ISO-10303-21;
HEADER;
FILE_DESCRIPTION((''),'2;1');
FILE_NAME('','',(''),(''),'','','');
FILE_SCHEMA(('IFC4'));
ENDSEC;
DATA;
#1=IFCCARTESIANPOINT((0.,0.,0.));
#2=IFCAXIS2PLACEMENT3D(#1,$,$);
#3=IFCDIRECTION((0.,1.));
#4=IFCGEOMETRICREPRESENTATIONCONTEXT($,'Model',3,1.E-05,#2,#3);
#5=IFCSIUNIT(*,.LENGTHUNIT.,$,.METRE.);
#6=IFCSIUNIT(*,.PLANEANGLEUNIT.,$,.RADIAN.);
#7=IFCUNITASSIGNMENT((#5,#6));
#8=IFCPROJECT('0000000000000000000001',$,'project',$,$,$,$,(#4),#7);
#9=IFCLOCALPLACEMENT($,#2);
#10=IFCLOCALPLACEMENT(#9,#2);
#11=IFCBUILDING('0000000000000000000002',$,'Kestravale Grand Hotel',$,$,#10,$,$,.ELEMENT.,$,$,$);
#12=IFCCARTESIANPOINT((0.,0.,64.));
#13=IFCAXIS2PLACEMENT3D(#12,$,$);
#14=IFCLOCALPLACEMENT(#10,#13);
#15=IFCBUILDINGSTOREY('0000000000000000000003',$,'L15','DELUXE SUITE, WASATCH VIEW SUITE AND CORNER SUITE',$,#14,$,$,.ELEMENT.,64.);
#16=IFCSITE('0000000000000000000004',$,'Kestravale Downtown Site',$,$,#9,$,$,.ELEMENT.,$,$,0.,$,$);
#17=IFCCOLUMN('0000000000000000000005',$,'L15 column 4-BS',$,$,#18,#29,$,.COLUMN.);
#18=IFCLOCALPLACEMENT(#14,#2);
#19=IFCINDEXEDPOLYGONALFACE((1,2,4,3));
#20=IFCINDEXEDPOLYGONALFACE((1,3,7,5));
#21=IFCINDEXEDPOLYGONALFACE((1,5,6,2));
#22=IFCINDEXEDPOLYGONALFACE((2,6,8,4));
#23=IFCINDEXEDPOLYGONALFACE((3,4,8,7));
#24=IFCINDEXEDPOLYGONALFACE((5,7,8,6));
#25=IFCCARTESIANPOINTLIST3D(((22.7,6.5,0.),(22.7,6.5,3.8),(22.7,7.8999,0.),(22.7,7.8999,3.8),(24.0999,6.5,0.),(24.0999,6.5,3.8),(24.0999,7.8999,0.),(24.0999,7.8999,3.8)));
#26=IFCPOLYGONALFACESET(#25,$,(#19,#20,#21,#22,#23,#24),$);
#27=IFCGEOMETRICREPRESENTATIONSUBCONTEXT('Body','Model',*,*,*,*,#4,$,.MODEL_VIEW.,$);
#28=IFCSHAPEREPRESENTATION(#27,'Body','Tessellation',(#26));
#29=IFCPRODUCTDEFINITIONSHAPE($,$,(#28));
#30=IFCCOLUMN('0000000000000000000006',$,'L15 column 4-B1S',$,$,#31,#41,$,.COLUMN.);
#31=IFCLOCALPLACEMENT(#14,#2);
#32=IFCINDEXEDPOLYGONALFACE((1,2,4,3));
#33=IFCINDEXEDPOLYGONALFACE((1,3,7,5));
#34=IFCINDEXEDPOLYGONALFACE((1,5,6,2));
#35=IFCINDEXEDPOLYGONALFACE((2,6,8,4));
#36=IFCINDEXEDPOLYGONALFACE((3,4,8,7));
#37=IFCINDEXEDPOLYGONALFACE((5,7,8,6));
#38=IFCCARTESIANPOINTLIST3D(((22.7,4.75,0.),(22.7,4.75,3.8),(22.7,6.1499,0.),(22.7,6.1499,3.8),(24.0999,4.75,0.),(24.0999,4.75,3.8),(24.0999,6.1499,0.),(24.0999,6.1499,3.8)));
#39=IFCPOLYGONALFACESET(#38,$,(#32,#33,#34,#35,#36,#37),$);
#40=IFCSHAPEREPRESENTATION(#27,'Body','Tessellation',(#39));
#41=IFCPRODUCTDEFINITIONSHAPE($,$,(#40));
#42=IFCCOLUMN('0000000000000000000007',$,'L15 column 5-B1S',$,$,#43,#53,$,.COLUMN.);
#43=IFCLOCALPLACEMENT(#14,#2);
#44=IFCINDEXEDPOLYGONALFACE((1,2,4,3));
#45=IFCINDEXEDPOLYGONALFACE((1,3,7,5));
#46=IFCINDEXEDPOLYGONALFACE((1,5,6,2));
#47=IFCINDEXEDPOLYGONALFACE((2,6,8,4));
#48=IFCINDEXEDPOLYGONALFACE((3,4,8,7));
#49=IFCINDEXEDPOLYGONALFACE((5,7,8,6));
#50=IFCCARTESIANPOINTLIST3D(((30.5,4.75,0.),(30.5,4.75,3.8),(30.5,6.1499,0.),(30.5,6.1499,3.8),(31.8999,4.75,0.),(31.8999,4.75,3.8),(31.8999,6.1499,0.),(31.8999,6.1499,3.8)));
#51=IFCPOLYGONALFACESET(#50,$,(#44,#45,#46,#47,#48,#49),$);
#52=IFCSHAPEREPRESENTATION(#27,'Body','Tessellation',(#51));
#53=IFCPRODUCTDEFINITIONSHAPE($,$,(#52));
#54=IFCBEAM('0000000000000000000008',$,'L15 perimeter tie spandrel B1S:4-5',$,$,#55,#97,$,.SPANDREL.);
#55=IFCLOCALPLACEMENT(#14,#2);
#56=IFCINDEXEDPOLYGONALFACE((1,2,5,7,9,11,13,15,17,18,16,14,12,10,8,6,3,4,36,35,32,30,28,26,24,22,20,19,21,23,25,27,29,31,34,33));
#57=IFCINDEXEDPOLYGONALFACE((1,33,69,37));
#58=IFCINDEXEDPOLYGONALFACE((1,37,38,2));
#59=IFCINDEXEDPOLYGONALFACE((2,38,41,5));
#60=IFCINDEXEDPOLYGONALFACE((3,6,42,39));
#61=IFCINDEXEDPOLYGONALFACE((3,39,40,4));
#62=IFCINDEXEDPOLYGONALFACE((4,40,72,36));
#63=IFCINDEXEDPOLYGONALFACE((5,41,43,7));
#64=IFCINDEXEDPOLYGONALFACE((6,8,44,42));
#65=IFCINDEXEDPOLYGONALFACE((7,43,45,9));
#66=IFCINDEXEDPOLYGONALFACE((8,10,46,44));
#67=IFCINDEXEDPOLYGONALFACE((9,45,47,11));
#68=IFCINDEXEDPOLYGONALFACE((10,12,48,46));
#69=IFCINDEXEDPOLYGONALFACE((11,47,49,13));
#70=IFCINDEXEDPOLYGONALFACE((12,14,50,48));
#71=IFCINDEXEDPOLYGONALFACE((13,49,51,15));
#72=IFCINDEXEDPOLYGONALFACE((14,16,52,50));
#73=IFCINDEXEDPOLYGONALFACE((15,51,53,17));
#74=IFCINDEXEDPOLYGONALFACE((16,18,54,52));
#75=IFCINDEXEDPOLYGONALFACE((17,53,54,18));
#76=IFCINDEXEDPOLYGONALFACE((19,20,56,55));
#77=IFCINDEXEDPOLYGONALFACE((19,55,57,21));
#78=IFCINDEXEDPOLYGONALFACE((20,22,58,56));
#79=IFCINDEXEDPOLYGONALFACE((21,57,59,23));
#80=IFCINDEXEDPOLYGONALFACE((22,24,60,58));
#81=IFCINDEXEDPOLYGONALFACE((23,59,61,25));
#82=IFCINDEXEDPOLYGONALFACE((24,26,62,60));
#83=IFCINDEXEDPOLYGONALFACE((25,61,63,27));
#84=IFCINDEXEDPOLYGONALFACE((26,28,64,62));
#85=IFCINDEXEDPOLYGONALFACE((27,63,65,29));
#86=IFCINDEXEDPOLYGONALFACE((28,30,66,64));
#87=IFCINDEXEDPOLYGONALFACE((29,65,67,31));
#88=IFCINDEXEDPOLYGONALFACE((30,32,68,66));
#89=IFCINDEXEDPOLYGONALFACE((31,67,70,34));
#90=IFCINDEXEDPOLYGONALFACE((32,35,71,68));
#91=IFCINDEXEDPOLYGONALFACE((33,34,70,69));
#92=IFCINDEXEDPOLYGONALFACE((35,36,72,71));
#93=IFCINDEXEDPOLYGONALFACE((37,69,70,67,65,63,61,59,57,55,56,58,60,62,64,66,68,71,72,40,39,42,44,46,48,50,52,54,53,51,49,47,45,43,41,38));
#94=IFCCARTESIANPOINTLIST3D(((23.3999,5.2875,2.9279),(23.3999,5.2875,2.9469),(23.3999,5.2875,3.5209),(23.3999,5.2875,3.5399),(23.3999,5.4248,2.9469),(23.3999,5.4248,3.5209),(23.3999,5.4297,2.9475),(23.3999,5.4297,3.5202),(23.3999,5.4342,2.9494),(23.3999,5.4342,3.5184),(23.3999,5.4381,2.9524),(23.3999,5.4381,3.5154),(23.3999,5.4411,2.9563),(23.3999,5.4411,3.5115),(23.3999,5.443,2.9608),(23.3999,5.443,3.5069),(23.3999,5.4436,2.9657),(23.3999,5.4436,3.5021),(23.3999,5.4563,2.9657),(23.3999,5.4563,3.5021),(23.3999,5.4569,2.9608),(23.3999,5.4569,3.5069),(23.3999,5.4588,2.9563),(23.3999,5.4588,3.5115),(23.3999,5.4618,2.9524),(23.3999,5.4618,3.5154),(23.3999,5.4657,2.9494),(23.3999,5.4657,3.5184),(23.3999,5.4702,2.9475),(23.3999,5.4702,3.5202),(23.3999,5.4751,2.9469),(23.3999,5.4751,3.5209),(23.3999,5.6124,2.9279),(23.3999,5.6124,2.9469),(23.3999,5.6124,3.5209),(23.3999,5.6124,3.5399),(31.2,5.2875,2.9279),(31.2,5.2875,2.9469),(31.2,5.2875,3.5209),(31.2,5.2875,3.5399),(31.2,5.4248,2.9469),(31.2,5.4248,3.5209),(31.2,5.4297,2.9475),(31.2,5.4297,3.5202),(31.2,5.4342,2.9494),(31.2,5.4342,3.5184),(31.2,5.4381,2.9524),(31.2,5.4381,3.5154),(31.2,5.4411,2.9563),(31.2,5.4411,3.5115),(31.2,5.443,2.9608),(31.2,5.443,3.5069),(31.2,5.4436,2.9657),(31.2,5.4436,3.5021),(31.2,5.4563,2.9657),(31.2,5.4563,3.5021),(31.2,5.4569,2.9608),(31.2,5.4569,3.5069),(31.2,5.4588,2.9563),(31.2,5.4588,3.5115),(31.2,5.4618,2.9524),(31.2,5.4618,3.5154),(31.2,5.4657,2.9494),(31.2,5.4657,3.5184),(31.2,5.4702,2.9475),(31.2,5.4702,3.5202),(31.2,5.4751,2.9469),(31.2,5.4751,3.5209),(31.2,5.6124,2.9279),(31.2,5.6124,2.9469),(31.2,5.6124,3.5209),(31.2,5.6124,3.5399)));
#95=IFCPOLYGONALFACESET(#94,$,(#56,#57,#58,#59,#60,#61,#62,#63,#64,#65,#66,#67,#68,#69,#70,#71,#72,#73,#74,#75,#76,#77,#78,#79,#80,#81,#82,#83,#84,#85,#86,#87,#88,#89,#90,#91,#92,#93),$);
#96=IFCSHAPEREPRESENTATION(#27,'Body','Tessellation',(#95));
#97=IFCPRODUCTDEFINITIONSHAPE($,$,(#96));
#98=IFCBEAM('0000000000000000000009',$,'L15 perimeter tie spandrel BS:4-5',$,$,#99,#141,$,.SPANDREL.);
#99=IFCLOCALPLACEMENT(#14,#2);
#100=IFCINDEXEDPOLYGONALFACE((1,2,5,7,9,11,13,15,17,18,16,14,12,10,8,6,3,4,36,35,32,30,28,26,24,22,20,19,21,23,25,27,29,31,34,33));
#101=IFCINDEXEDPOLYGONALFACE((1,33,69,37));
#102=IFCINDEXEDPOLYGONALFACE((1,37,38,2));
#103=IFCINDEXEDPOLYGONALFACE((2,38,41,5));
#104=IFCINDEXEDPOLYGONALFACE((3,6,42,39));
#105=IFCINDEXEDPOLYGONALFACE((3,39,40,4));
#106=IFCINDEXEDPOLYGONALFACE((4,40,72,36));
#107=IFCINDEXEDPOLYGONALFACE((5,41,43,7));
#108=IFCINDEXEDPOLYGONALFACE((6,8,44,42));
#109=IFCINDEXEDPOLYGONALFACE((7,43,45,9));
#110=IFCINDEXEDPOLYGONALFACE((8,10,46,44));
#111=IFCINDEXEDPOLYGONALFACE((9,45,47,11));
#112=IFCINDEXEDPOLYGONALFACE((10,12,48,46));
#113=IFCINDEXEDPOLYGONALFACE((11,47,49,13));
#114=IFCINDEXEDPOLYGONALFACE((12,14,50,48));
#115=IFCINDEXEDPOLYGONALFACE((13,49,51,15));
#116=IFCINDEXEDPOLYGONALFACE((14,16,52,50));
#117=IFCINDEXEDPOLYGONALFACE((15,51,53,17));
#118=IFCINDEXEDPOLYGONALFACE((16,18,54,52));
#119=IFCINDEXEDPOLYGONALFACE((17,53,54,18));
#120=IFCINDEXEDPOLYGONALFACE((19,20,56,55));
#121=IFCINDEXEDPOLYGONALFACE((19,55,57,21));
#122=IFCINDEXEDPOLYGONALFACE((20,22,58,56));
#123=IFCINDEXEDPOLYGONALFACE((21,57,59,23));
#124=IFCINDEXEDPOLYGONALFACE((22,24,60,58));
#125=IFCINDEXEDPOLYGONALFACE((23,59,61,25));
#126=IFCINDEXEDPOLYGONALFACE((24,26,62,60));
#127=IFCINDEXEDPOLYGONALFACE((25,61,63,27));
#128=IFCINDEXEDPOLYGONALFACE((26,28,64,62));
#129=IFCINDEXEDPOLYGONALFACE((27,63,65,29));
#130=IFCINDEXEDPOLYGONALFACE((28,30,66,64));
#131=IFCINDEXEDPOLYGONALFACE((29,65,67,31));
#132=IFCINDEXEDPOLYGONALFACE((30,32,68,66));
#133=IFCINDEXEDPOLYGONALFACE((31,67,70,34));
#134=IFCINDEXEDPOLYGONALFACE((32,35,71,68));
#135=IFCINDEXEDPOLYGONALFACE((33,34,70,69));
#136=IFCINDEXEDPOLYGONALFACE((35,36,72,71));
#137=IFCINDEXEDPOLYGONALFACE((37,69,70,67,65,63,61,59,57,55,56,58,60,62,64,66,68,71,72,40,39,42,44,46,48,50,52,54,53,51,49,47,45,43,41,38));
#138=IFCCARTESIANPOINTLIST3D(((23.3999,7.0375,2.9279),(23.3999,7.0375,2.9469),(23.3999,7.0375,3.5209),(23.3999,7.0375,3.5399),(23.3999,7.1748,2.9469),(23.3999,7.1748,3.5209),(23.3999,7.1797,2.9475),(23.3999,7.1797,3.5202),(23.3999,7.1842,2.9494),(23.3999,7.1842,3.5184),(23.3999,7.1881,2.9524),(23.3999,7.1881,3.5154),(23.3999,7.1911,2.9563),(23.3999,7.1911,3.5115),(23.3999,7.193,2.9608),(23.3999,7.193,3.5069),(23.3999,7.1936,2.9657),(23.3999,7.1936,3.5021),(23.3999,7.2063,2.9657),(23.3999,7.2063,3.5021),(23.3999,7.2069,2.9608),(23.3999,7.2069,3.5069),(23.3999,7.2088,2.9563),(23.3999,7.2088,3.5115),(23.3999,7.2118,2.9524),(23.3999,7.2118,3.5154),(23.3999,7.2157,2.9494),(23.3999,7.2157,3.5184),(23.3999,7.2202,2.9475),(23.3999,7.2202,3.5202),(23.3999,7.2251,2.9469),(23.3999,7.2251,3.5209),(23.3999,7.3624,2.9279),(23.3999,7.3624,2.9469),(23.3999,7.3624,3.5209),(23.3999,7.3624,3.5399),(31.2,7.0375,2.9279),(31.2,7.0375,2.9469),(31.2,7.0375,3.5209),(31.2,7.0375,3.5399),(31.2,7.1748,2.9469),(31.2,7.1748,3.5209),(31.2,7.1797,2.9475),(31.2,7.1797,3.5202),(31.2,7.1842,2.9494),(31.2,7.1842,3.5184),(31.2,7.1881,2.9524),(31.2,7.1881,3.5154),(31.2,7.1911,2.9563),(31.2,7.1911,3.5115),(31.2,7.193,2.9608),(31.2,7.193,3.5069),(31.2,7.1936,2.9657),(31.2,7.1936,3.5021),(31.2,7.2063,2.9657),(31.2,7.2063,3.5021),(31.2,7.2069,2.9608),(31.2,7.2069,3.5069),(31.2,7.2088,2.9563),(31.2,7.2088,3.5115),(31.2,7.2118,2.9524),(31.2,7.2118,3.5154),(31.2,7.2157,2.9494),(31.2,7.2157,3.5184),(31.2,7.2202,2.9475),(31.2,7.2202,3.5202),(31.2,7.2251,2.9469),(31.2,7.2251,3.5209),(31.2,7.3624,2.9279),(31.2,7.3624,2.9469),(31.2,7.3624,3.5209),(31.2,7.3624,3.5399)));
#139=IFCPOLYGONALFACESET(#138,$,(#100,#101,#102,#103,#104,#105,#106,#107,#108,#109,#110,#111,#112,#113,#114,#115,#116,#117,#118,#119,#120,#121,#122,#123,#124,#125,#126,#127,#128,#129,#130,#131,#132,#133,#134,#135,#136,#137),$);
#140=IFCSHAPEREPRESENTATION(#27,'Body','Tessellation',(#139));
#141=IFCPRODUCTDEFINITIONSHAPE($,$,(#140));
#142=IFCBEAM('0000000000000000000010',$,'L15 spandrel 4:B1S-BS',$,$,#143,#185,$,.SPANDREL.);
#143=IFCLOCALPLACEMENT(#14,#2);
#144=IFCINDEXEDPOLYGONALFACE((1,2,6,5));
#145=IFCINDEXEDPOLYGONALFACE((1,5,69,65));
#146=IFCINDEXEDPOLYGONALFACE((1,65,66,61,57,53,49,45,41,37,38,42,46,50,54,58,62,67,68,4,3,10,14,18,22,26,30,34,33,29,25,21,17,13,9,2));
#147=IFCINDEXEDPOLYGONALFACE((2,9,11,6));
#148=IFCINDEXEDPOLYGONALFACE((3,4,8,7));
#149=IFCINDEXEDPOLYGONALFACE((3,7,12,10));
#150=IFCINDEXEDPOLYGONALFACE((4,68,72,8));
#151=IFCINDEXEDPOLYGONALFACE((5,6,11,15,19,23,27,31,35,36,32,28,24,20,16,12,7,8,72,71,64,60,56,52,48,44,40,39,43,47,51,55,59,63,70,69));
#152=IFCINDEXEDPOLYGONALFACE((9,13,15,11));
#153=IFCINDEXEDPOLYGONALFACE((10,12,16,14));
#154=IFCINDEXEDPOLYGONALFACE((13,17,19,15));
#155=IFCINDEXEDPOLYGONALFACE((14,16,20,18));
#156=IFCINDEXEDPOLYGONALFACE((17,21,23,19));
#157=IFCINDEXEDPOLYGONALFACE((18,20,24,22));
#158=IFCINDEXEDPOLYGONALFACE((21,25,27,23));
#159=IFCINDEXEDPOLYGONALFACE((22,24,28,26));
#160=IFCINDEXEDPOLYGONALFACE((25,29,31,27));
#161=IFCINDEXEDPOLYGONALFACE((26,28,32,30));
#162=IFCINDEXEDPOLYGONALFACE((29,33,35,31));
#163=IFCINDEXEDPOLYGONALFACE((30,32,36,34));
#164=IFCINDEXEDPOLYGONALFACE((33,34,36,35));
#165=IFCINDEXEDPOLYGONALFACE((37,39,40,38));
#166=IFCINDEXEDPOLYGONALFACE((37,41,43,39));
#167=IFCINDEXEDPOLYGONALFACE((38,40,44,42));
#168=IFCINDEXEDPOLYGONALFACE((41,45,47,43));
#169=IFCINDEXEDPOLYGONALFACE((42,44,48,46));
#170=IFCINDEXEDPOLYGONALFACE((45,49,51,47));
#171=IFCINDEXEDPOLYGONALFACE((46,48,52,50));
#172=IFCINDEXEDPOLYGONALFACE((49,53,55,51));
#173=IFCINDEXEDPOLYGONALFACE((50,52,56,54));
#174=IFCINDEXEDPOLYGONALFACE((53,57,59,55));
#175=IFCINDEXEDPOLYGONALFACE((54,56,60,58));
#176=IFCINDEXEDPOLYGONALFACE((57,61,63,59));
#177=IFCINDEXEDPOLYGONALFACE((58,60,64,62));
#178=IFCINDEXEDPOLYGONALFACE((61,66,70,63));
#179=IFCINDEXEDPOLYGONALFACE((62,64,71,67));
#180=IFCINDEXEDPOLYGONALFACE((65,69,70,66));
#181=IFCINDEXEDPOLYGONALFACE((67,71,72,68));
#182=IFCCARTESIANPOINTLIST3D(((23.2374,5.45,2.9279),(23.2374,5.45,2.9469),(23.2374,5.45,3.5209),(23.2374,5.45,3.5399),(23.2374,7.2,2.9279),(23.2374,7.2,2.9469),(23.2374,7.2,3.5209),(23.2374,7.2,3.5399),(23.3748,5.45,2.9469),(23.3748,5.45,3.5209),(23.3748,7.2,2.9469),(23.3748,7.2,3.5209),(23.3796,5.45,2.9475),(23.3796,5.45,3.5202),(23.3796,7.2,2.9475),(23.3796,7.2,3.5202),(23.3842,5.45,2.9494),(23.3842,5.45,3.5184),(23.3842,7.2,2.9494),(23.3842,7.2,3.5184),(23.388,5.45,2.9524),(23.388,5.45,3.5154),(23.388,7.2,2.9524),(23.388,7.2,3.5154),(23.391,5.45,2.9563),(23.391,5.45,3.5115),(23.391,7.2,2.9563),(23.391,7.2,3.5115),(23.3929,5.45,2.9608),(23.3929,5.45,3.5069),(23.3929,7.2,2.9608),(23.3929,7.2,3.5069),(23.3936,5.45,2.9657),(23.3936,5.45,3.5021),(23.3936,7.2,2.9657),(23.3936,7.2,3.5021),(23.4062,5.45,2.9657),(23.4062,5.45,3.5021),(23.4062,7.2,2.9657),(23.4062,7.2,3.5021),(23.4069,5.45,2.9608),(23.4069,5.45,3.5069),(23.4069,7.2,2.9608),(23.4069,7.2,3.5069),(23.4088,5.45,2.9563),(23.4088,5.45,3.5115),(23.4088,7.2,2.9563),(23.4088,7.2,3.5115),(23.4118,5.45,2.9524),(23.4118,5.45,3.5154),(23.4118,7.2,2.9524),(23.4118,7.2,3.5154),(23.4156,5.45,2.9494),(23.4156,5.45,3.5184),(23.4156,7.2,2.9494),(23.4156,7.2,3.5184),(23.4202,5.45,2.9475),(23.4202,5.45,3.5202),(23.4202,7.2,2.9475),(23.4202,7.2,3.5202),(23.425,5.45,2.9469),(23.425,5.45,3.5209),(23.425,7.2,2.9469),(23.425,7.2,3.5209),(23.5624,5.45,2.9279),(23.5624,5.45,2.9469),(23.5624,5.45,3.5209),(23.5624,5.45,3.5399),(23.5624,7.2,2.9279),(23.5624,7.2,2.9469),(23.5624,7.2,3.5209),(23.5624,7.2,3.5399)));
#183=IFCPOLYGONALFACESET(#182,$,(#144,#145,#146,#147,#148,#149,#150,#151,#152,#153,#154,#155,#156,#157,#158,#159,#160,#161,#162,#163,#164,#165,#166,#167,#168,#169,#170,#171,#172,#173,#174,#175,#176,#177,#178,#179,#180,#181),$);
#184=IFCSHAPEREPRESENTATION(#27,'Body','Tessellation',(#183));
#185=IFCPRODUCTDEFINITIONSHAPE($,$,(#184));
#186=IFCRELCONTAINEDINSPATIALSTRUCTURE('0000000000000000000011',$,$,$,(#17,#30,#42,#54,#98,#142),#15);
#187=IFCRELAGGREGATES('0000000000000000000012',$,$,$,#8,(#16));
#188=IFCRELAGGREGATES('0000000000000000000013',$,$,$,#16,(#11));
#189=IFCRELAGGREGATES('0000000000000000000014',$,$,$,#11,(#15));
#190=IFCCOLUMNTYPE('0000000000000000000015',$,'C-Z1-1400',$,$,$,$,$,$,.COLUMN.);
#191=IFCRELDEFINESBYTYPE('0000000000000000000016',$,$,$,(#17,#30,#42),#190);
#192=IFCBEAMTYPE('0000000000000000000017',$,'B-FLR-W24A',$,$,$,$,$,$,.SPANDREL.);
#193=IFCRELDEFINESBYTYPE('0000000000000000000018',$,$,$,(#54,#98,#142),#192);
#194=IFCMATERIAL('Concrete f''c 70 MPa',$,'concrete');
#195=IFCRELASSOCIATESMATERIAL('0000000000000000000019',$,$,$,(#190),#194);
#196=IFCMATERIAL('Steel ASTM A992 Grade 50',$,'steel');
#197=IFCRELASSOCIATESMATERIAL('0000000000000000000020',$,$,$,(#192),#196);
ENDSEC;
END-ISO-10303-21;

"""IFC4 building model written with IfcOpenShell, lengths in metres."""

from ifc_helpers import new_model, si_unit, direction, frame, origin, origin_2d, place, context, subcontext, project, spatial, rectangle, i_section, extrude, material, material_profile, profile_set, type_object, element, save


model = new_model("IFC4")

# Units and contexts
model_context = context("Model", 3, precision=1e-05, world=origin(), true_north=direction((0.0, 1.0)))
body_context = subcontext(model_context, "Body", "Model", "MODEL_VIEW")
ifc_project = project(units=[si_unit("LENGTHUNIT", "METRE"), si_unit("PLANEANGLEUNIT", "RADIAN")], contexts=[model_context])

# Site, building, storey
site_placement = place(None, origin())
site = spatial("IfcSite", under=ifc_project, at=site_placement, Name="Kestravale Downtown Site", CompositionType="ELEMENT", RefElevation=0.0)
building_placement = place(site_placement, origin())
building = spatial("IfcBuilding", under=site, at=building_placement, Name="Kestravale Grand Hotel", CompositionType="ELEMENT")
storey_placement = place(building_placement, frame((0.0, 0.0, 64.0)))
storey = spatial("IfcBuildingStorey", under=building, at=storey_placement, Name="L15", Description="DELUXE SUITE, WASATCH VIEW SUITE AND CORNER SUITE", CompositionType="ELEMENT", Elevation=64.0)

# Columns
ifc_material_1 = material(Name="Concrete f'c 70 MPa", Category="concrete")
ifc_material_profile_1 = material_profile(ifc_material_1, rectangle(XDim=1.3999, YDim=1.3999, at=origin_2d()))
ifc_profile_set_1 = profile_set([ifc_material_profile_1], Name="Concrete f'c 70 MPa")
column_type = type_object("IfcColumnType", Name="C-Z1-1400", PredefinedType="COLUMN", material=ifc_profile_set_1)
for number, where, z_axis, x_axis, name in (
    (1, (23.3999, 7.2, 0.0), (0.0, 0.0, 1.0), (1.0, 0.0, 0.0), "L15 column 4-BS"),
    (2, (23.3999, 5.45, 0.0), (0.0, 0.0, 1.0), (1.0, 0.0, 0.0), "L15 column 4-B1S"),
    (3, (31.2, 5.45, 0.0), (0.0, 0.0, 1.0), (1.0, 0.0, 0.0), "L15 column 5-B1S"),
):
    element("IfcColumn", number, at=place(storey_placement, frame(where, z_axis=z_axis, x_axis=x_axis)), inside=storey, type_object=column_type, Name=name, PredefinedType="COLUMN", context=body_context, shape_type="SweptSolid", body=[
        extrude(rectangle(XDim=1.3999, YDim=1.3999, at=origin_2d()), origin(), (0.0, 0.0, 1.0), 3.8),
    ])

# Beams
ifc_material_2 = material(Name="Steel ASTM A992 Grade 50", Category="steel")
ifc_material_profile_2 = material_profile(ifc_material_2, i_section(OverallWidth=0.325, OverallDepth=0.6121, WebThickness=0.0127, FlangeThickness=0.019, FilletRadius=0.0188, at=origin_2d()))
ifc_profile_set_2 = profile_set([ifc_material_profile_2], Name="Steel ASTM A992 Grade 50")
beam_type_1 = type_object("IfcBeamType", Name="B-FLR-W24A", PredefinedType="SPANDREL", material=ifc_profile_set_2)
for number, where, z_axis, x_axis, name in (
    (4, (23.3999, 5.45, 3.2339), (1.0, 0.0, 0.0), (0.0, 1.0, 0.0), "L15 perimeter tie spandrel B1S:4-5"),
    (5, (23.3999, 7.2, 3.2339), (1.0, 0.0, 0.0), (0.0, 1.0, 0.0), "L15 perimeter tie spandrel BS:4-5"),
):
    element("IfcBeam", number, at=place(storey_placement, frame(where, z_axis=z_axis, x_axis=x_axis)), inside=storey, type_object=beam_type_1, Name=name, PredefinedType="SPANDREL", context=body_context, shape_type="SweptSolid", body=[
        extrude(i_section(OverallWidth=0.325, OverallDepth=0.6121, WebThickness=0.0127, FlangeThickness=0.019, FilletRadius=0.0188, at=origin_2d()), origin(), (0.0, 0.0, 1.0), 7.8),
    ])
for number, where, z_axis, x_axis, name in (
    (6, (23.3999, 5.45, 3.2339), (0.0, 1.0, 0.0), (-1.0, 0.0, 0.0), "L15 spandrel 4:B1S-BS"),
):
    element("IfcBeam", number, at=place(storey_placement, frame(where, z_axis=z_axis, x_axis=x_axis)), inside=storey, type_object=beam_type_1, Name=name, PredefinedType="SPANDREL", context=body_context, shape_type="SweptSolid", body=[
        extrude(i_section(OverallWidth=0.325, OverallDepth=0.6121, WebThickness=0.0127, FlangeThickness=0.019, FilletRadius=0.0188, at=origin_2d()), origin(), (0.0, 0.0, 1.0), 1.75),
    ])

save(model, "model.ifc")
